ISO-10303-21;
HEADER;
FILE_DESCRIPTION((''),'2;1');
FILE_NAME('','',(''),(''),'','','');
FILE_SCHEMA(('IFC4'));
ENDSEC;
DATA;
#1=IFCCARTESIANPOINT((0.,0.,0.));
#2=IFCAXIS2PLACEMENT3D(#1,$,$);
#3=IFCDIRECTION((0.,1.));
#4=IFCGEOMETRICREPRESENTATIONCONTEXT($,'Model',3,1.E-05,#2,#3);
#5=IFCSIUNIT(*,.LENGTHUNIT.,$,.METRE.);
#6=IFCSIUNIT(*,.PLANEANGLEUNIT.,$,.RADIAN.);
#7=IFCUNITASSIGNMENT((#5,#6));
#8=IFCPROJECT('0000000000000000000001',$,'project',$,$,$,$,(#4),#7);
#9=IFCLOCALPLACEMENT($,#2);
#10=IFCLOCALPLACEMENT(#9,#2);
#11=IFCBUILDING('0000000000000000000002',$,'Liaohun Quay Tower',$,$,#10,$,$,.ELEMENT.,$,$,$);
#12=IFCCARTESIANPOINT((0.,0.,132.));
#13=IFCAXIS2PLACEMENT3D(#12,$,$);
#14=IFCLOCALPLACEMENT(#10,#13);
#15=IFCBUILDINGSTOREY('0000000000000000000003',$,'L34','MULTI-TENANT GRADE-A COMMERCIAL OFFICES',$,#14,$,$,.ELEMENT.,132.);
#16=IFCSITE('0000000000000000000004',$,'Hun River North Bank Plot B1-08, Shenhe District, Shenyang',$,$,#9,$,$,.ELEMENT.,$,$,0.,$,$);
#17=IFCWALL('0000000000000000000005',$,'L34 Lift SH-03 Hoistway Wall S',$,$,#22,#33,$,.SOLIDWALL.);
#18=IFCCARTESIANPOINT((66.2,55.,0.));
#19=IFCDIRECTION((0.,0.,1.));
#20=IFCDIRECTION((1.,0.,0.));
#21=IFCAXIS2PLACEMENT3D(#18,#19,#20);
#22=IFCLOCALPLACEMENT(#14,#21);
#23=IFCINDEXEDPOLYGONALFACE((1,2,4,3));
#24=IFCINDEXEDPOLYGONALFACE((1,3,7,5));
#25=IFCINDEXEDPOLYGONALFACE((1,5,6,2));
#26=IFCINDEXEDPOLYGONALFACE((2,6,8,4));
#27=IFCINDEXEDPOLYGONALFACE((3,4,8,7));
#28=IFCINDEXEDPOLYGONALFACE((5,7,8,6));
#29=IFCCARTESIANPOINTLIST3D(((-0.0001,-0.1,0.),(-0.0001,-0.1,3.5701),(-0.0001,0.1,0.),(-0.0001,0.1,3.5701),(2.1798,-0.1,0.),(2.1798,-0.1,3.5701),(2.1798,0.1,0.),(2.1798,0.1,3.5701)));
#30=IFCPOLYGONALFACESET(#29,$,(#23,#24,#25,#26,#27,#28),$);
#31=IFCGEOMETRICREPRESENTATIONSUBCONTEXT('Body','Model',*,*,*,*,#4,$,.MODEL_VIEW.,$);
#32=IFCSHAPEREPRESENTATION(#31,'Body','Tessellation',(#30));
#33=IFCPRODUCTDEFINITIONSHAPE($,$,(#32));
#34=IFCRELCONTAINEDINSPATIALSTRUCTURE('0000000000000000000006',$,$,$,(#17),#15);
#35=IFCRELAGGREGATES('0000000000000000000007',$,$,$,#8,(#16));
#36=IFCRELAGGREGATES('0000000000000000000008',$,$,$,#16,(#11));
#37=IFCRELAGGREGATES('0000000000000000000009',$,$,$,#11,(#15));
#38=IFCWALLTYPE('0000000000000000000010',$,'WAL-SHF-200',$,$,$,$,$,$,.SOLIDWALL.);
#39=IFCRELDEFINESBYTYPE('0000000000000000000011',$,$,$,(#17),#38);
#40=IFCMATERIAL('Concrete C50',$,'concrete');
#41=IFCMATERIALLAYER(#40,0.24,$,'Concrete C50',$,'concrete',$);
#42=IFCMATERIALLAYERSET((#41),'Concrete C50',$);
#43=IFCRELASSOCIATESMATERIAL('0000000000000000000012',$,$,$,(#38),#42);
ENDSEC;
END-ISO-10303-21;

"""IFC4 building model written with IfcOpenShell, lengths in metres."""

from ifc_helpers import new_model, si_unit, direction, frame, frame_2d, origin, place, context, subcontext, project, spatial, rectangle, extrude, material, layer, layer_set, type_object, element, save


model = new_model("IFC4")

# Units and contexts
model_context = context("Model", 3, precision=1e-05, world=origin(), true_north=direction((0.0, 1.0)))
body_context = subcontext(model_context, "Body", "Model", "MODEL_VIEW")
ifc_project = project(units=[si_unit("LENGTHUNIT", "METRE"), si_unit("PLANEANGLEUNIT", "RADIAN")], contexts=[model_context])

# Site, building, storey
site_placement = place(None, origin())
site = spatial("IfcSite", under=ifc_project, at=site_placement, Name="Hun River North Bank Plot B1-08, Shenhe District, Shenyang", CompositionType="ELEMENT", RefElevation=0.0)
building_placement = place(site_placement, origin())
building = spatial("IfcBuilding", under=site, at=building_placement, Name="Liaohun Quay Tower", CompositionType="ELEMENT")
storey_placement = place(building_placement, frame((0.0, 0.0, 132.0)))
storey = spatial("IfcBuildingStorey", under=building, at=storey_placement, Name="L34", Description="MULTI-TENANT GRADE-A COMMERCIAL OFFICES", CompositionType="ELEMENT", Elevation=132.0)

# Shared definitions
ifc_material_1 = material(Name="Concrete C50", Category="concrete")
ifc_layer_1 = layer(ifc_material_1, 0.24, Name="Concrete C50", Category="concrete")
ifc_layer_set_1 = layer_set([ifc_layer_1], Name="Concrete C50")
wall_type_1 = type_object("IfcWallType", Name="WAL-SHF-200", PredefinedType="SOLIDWALL", material=ifc_layer_set_1)

# Wall
wall_1_placement = place(storey_placement, frame((66.2, 55.0, 0.0), z_axis=(0.0, 0.0, 1.0), x_axis=(1.0, 0.0, 0.0)))
element("IfcWall", 1, at=wall_1_placement, inside=storey, type_object=wall_type_1, Name="L34 Lift SH-03 Hoistway Wall S", PredefinedType="SOLIDWALL", context=body_context, shape_type="SweptSolid", body=[
    extrude(rectangle(XDim=2.1799, YDim=0.2, at=frame_2d((1.0898, 0.0))), origin(), (0.0, 0.0, 1.0), 3.5701),
])

save(model, "model.ifc")
